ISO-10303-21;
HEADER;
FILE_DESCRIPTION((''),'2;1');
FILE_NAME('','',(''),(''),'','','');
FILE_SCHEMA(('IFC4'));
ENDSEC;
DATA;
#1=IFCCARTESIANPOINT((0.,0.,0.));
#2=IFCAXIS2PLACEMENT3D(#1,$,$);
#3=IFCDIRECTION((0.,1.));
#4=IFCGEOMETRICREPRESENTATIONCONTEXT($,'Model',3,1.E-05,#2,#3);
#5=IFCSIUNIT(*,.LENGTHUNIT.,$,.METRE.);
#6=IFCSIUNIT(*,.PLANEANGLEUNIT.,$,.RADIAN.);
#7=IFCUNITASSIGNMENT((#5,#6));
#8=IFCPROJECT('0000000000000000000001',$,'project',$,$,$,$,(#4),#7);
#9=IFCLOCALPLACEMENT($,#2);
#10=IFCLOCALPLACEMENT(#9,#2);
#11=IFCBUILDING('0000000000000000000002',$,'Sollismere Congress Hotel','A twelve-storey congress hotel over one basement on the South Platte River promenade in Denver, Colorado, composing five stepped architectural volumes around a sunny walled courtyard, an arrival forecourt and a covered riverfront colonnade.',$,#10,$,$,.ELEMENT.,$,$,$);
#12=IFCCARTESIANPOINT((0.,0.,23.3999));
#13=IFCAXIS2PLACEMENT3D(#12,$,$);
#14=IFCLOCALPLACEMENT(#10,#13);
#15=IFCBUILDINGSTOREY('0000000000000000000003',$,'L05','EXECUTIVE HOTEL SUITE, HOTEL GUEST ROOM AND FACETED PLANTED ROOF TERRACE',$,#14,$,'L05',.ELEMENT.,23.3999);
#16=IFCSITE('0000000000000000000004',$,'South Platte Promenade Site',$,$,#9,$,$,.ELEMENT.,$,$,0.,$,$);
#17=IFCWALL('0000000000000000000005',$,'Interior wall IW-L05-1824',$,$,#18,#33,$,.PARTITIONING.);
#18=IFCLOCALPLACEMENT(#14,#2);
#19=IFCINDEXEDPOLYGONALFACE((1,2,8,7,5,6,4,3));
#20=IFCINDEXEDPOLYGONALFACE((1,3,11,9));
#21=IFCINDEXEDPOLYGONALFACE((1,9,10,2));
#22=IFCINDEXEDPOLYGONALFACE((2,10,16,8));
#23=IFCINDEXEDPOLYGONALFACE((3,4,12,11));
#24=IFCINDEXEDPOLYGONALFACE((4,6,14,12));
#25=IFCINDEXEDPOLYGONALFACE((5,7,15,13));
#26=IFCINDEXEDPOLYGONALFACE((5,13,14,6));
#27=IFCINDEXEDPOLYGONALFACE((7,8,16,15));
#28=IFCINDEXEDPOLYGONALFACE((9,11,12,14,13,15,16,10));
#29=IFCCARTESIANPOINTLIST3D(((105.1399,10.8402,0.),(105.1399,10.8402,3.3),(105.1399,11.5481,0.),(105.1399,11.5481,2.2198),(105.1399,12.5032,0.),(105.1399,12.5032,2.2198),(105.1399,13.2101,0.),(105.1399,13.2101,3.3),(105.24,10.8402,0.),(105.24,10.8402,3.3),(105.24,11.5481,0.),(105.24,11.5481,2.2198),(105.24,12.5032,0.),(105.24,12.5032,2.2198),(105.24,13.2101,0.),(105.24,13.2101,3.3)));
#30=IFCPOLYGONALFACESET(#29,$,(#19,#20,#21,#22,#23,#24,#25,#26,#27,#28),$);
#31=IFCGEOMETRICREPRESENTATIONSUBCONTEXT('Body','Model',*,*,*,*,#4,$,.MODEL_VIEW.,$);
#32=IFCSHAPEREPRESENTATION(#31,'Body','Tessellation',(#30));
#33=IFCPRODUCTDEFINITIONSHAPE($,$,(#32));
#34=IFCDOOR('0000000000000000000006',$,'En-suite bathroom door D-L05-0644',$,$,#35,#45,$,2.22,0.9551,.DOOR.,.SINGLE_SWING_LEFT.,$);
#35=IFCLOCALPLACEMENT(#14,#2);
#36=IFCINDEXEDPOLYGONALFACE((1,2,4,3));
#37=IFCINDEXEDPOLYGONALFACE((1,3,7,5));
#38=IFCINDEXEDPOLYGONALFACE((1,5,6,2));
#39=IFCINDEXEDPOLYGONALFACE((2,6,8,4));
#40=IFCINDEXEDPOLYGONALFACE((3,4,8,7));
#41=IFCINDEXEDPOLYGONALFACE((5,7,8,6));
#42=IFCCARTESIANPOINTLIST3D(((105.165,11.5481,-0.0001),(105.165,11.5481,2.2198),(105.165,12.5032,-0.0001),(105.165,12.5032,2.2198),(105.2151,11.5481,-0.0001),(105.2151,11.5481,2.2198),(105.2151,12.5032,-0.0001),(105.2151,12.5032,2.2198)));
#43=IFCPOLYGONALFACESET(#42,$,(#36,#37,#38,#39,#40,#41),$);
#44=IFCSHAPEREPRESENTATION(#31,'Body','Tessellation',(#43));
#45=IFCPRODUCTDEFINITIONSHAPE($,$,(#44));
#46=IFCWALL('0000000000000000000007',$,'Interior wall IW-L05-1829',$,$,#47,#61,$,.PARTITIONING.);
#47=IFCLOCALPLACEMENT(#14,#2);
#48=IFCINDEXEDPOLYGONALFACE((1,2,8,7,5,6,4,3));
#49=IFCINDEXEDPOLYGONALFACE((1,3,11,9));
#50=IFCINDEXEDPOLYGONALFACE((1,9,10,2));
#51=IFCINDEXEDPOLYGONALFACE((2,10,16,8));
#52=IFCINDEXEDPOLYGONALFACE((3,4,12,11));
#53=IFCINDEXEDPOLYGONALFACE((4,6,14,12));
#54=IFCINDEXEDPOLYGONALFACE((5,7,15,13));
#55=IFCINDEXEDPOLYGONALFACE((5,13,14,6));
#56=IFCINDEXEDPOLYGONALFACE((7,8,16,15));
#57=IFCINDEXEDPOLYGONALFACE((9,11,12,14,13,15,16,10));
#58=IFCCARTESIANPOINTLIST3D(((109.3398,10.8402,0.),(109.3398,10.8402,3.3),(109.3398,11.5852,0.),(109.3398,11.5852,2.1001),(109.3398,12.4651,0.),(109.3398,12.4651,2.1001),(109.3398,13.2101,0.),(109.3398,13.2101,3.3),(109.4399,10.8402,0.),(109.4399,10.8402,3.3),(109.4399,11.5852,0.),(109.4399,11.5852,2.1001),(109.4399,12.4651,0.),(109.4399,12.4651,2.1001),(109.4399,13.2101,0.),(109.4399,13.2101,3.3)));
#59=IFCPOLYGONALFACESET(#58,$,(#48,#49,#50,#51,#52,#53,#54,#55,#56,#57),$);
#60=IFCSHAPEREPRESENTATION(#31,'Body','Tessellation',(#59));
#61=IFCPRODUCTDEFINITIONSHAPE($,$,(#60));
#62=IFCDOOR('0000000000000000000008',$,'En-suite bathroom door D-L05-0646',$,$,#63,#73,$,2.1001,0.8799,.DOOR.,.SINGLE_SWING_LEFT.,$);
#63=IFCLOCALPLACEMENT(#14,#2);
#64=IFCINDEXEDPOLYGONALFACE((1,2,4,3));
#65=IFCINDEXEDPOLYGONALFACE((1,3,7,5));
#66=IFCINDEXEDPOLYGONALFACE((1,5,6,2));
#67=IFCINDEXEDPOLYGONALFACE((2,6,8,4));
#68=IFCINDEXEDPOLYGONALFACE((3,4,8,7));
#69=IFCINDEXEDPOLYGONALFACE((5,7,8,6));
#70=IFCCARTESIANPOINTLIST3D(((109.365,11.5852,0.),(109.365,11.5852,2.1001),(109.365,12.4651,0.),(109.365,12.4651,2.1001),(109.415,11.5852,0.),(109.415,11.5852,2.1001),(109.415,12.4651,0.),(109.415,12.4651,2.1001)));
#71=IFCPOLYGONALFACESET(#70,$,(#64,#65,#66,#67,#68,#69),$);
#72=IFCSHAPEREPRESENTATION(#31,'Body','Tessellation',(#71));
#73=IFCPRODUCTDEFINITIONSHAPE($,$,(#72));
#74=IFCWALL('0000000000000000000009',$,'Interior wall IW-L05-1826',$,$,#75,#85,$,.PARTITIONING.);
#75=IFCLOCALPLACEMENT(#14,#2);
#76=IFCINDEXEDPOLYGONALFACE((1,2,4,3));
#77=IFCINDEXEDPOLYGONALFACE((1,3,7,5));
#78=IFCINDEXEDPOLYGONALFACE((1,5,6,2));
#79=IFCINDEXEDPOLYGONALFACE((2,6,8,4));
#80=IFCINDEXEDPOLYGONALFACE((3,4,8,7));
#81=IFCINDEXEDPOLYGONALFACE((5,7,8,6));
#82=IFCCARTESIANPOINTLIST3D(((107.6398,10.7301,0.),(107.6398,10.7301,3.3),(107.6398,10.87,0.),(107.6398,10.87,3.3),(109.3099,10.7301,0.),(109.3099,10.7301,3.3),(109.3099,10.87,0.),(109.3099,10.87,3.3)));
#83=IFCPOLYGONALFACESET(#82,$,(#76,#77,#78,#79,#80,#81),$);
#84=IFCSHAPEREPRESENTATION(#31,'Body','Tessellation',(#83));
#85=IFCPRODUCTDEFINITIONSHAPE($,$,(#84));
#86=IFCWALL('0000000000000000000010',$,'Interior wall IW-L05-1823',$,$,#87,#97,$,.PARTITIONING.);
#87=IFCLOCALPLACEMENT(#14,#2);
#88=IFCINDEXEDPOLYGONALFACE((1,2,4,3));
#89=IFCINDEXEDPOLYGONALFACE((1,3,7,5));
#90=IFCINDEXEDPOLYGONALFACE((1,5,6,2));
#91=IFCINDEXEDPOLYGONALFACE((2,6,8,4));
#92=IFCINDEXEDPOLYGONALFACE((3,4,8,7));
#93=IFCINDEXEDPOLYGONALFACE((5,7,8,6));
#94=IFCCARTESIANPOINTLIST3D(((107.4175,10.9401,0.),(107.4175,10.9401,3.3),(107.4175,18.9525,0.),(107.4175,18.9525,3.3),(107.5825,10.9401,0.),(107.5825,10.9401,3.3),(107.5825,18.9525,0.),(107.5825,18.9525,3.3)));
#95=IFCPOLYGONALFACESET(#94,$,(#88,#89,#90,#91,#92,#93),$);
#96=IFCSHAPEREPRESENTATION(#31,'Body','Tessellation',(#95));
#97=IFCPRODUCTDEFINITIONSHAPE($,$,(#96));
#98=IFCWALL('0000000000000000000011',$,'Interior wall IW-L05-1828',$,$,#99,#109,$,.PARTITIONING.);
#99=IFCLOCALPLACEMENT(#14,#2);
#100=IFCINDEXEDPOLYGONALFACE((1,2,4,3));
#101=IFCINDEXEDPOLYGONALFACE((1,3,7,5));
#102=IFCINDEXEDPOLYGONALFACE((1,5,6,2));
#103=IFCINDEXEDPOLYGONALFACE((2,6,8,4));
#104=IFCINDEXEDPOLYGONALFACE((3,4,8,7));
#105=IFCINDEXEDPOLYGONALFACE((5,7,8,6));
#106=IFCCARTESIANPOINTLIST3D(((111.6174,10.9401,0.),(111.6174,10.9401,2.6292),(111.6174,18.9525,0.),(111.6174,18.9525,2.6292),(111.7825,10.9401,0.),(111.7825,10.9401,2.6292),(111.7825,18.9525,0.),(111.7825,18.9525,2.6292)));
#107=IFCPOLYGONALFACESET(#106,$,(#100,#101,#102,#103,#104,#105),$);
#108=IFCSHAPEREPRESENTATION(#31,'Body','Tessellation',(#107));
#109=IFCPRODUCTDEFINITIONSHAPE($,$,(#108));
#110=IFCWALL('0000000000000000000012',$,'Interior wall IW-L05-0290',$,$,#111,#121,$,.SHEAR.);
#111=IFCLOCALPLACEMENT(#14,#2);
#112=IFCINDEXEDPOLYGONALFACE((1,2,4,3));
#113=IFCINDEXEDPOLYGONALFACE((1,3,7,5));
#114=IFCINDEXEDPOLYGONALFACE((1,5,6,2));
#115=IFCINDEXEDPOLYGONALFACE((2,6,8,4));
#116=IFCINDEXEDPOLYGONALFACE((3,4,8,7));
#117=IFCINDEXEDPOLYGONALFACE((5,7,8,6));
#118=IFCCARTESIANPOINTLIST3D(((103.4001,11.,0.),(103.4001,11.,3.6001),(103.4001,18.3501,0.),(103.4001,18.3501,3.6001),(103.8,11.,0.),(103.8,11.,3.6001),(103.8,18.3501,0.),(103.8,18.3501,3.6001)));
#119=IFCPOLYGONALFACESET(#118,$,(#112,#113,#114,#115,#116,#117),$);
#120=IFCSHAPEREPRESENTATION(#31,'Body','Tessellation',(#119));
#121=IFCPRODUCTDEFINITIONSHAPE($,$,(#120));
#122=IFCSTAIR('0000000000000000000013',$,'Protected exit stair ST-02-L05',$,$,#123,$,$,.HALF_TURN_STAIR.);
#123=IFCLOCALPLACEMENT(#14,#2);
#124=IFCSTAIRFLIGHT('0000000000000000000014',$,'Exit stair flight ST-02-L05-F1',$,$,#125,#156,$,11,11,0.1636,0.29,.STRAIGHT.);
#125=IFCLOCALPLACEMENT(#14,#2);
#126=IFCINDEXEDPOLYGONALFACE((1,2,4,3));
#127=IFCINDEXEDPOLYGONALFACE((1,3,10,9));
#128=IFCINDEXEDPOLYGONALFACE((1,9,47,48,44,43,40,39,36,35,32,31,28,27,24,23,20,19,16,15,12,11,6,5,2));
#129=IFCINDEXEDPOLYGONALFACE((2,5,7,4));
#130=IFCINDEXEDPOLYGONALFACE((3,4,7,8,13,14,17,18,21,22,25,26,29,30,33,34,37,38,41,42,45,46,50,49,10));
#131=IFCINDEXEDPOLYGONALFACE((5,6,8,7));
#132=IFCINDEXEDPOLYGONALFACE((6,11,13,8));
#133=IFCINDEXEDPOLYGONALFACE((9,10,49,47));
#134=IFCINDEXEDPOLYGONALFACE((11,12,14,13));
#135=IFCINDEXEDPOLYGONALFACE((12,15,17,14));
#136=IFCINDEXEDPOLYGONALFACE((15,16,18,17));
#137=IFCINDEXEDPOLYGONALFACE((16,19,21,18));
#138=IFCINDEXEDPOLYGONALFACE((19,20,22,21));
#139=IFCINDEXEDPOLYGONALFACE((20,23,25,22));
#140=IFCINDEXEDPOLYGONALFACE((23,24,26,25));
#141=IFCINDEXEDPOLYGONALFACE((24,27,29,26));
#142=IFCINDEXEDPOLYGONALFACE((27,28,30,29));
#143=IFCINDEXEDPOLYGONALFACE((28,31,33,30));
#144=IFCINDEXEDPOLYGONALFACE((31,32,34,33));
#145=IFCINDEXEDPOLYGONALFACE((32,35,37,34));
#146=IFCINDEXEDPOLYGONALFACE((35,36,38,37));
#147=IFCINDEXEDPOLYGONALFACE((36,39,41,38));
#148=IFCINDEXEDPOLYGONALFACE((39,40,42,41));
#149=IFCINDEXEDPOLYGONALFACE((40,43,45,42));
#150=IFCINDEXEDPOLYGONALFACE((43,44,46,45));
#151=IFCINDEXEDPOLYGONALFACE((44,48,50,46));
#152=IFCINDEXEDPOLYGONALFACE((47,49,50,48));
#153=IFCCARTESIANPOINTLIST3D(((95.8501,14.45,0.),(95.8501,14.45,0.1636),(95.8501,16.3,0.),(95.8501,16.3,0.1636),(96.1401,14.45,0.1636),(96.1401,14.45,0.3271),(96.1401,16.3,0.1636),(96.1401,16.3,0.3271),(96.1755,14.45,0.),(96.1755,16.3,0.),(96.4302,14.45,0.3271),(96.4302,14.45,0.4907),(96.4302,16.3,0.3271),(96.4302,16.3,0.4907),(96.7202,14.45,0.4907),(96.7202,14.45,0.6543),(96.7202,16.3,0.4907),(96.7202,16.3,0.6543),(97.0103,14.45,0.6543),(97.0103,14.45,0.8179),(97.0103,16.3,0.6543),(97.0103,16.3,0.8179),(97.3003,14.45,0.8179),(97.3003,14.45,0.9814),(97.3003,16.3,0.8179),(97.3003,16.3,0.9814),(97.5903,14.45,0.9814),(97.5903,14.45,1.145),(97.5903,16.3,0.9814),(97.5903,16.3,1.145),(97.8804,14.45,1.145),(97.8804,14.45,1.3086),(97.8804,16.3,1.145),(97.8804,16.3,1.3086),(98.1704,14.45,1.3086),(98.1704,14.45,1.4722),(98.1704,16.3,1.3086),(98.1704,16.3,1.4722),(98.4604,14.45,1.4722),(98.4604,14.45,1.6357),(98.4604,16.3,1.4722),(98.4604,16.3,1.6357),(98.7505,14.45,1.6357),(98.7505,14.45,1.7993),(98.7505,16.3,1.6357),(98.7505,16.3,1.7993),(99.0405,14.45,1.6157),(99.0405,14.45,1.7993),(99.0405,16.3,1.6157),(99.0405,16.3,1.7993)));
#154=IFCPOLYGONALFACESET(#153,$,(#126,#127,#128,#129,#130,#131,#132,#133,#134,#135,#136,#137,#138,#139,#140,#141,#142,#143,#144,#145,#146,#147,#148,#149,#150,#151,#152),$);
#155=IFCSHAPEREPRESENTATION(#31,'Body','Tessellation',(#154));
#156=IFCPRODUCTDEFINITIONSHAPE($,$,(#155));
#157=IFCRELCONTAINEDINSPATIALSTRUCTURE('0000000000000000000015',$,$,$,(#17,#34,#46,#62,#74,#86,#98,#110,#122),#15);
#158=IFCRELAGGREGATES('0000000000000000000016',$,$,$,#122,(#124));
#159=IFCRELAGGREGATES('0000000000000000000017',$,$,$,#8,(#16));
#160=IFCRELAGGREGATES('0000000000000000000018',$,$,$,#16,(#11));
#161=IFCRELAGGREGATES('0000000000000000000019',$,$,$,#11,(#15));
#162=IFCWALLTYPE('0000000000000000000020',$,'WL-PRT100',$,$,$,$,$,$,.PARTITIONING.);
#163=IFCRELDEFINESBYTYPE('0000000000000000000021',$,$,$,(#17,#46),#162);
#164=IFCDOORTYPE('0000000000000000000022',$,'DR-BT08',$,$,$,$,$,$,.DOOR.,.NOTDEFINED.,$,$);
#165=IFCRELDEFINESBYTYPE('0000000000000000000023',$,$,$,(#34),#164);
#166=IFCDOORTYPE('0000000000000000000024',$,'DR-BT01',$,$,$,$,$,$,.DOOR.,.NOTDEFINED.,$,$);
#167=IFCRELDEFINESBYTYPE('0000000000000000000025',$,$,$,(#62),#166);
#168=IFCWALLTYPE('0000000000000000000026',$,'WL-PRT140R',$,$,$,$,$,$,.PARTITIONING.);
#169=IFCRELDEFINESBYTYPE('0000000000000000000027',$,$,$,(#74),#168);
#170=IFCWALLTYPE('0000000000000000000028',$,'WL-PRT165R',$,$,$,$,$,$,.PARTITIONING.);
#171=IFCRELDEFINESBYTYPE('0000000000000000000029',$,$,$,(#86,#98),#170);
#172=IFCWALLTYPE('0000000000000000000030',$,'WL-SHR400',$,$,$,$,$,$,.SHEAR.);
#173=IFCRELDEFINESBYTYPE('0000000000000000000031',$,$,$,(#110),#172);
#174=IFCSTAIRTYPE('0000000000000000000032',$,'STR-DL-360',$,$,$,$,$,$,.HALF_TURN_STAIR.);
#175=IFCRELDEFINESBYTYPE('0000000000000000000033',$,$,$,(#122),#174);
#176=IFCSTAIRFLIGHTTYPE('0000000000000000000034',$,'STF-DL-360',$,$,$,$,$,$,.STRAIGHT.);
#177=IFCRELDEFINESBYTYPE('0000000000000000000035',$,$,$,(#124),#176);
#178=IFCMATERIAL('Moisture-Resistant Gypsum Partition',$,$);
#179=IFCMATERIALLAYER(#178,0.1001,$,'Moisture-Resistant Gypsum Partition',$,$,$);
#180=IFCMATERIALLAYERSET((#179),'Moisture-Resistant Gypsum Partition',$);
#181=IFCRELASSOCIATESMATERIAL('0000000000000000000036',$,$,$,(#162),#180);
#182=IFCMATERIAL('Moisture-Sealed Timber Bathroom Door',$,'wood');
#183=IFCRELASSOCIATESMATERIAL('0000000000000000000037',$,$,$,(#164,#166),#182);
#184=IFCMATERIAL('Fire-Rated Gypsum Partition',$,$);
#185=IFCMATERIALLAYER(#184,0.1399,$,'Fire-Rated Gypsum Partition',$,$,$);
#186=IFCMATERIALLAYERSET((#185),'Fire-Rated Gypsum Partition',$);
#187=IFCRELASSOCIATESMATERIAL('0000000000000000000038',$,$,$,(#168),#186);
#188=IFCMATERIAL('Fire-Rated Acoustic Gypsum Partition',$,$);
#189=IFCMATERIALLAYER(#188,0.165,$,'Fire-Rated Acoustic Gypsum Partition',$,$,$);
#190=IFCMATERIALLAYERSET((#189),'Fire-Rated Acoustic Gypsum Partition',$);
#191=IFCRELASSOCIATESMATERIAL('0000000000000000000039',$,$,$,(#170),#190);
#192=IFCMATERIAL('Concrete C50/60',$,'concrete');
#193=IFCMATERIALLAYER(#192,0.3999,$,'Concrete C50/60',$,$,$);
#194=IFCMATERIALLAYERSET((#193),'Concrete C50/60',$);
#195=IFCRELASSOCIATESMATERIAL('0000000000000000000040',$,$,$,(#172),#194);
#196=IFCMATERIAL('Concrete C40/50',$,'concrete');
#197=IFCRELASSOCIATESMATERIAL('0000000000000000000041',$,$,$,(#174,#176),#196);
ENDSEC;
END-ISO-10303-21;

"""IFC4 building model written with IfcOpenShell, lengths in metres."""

from ifc_helpers import new_model, si_unit, direction, frame, frame_2d, origin, place, context, subcontext, project, spatial, polyline, rectangle, outline, extrude, material, layer, layer_set, type_object, element, fill, aggregate, save


model = new_model("IFC4")

# Units and contexts
model_context = context("Model", 3, precision=1e-05, world=origin(), true_north=direction((0.0, 1.0)))
body_context = subcontext(model_context, "Body", "Model", "MODEL_VIEW")
ifc_project = project(units=[si_unit("LENGTHUNIT", "METRE"), si_unit("PLANEANGLEUNIT", "RADIAN")], contexts=[model_context])

# Site, building, storey
site_placement = place(None, origin())
site = spatial("IfcSite", under=ifc_project, at=site_placement, Name="South Platte Promenade Site", CompositionType="ELEMENT", RefElevation=0.0)
building_placement = place(site_placement, origin())
building = spatial("IfcBuilding", under=site, at=building_placement, Name="Sollismere Congress Hotel", Description="A twelve-storey congress hotel over one basement on the South Platte River promenade in Denver, Colorado, composing five stepped architectural volumes around a sunny walled courtyard, an arrival forecourt and a covered riverfront colonnade.", CompositionType="ELEMENT")
storey_placement = place(building_placement, frame((0.0, 0.0, 23.3999)))
storey = spatial("IfcBuildingStorey", under=building, at=storey_placement, Name="L05", Description="EXECUTIVE HOTEL SUITE, HOTEL GUEST ROOM AND FACETED PLANTED ROOF TERRACE", LongName="L05", CompositionType="ELEMENT", Elevation=23.3999)

# Walls, openings, doors
ifc_material_1 = material(Name="Moisture-Resistant Gypsum Partition")
ifc_layer_1 = layer(ifc_material_1, 0.1001, Name="Moisture-Resistant Gypsum Partition")
ifc_layer_set_1 = layer_set([ifc_layer_1], Name="Moisture-Resistant Gypsum Partition")
wall_type_1 = type_object("IfcWallType", Name="WL-PRT100", PredefinedType="PARTITIONING", material=ifc_layer_set_1)
wall_1_placement = place(storey_placement, frame((105.1899, 10.8401, 0.0), z_axis=(0.0, 0.0, 1.0), x_axis=(0.0, 1.0, 0.0)))
wall_1 = element("IfcWall", 1, at=wall_1_placement, inside=storey, type_object=wall_type_1, Name="Interior wall IW-L05-1824", PredefinedType="PARTITIONING", context=body_context, shape_type="SweptSolid", body=[
    extrude(rectangle(XDim=2.3699, YDim=0.1001, at=frame_2d((1.1851, 0.0))), origin(), (0.0, 0.0, 1.0), 3.3),
])
opening_1_placement = place(wall_1_placement, frame((0.708, 0.0, 0.0)))
opening_1 = element("IfcOpeningElement", 2, at=opening_1_placement, cuts=wall_1, PredefinedType="OPENING", context=body_context, shape_type="SweptSolid", body=[
    extrude(rectangle(XDim=0.9551, YDim=2.22, at=frame_2d((0.4775, 1.1099))), frame((0.0, 0.0601, 0.0), z_axis=(0.0, -1.0, 0.0), x_axis=(1.0, 0.0, 0.0)), (0.0, 0.0, 1.0), 0.1201),
])
ifc_material_2 = material(Name="Moisture-Sealed Timber Bathroom Door", Category="wood")
door_type_1 = type_object("IfcDoorType", Name="DR-BT08", OperationType="NOTDEFINED", PredefinedType="DOOR", material=ifc_material_2)
door_1_placement = place(opening_1_placement, origin())
door_1 = element("IfcDoor", 3, at=door_1_placement, inside=storey, type_object=door_type_1, Name="En-suite bathroom door D-L05-0644", OperationType="SINGLE_SWING_LEFT", OverallHeight=2.22, OverallWidth=0.9551, PredefinedType="DOOR", context=body_context, shape_type="SweptSolid", body=[
    extrude(rectangle(XDim=0.9551, YDim=2.22, at=frame_2d((0.4775, 1.1099))), frame((0.0, 0.0249, 0.0), z_axis=(0.0, -1.0, 0.0), x_axis=(1.0, 0.0, 0.0)), (0.0, 0.0, 1.0), 0.05),
])
fill(opening_1, door_1)
wall_2_placement = place(storey_placement, frame((109.3899, 10.8401, 0.0), z_axis=(0.0, 0.0, 1.0), x_axis=(0.0, 1.0, 0.0)))
wall_2 = element("IfcWall", 4, at=wall_2_placement, inside=storey, type_object=wall_type_1, Name="Interior wall IW-L05-1829", PredefinedType="PARTITIONING", context=body_context, shape_type="SweptSolid", body=[
    extrude(rectangle(XDim=2.3699, YDim=0.1001, at=frame_2d((1.1851, 0.0))), origin(), (0.0, 0.0, 1.0), 3.3),
])
opening_2_placement = place(wall_2_placement, frame((0.7451, 0.0, 0.0)))
opening_2 = element("IfcOpeningElement", 5, at=opening_2_placement, cuts=wall_2, PredefinedType="OPENING", context=body_context, shape_type="SweptSolid", body=[
    extrude(rectangle(XDim=0.8799, YDim=2.1001, at=frame_2d((0.4399, 1.05))), frame((0.0, 0.0601, 0.0), z_axis=(0.0, -1.0, 0.0), x_axis=(1.0, 0.0, 0.0)), (0.0, 0.0, 1.0), 0.1201),
])
door_type_2 = type_object("IfcDoorType", Name="DR-BT01", OperationType="NOTDEFINED", PredefinedType="DOOR", material=ifc_material_2)
door_2_placement = place(opening_2_placement, origin())
door_2 = element("IfcDoor", 6, at=door_2_placement, inside=storey, type_object=door_type_2, Name="En-suite bathroom door D-L05-0646", OperationType="SINGLE_SWING_LEFT", OverallHeight=2.1001, OverallWidth=0.8799, PredefinedType="DOOR", context=body_context, shape_type="SweptSolid", body=[
    extrude(rectangle(XDim=0.8799, YDim=2.1001, at=frame_2d((0.4399, 1.05))), frame((0.0, 0.0249, 0.0), z_axis=(0.0, -1.0, 0.0), x_axis=(1.0, 0.0, 0.0)), (0.0, 0.0, 1.0), 0.05),
])
fill(opening_2, door_2)

# Wall
ifc_material_3 = material(Name="Fire-Rated Gypsum Partition")
ifc_layer_2 = layer(ifc_material_3, 0.1399, Name="Fire-Rated Gypsum Partition")
ifc_layer_set_2 = layer_set([ifc_layer_2], Name="Fire-Rated Gypsum Partition")
wall_type_2 = type_object("IfcWallType", Name="WL-PRT140R", PredefinedType="PARTITIONING", material=ifc_layer_set_2)
wall_3_placement = place(storey_placement, frame((107.6399, 10.8, 0.0), z_axis=(0.0, 0.0, 1.0), x_axis=(1.0, 0.0, 0.0)))
element("IfcWall", 7, at=wall_3_placement, inside=storey, type_object=wall_type_2, Name="Interior wall IW-L05-1826", PredefinedType="PARTITIONING", context=body_context, shape_type="SweptSolid", body=[
    extrude(rectangle(XDim=1.6702, YDim=0.1399, at=frame_2d((0.835, 0.0))), origin(), (0.0, 0.0, 1.0), 3.3),
])

# Walls
ifc_material_4 = material(Name="Fire-Rated Acoustic Gypsum Partition")
ifc_layer_3 = layer(ifc_material_4, 0.165, Name="Fire-Rated Acoustic Gypsum Partition")
ifc_layer_set_3 = layer_set([ifc_layer_3], Name="Fire-Rated Acoustic Gypsum Partition")
wall_type_3 = type_object("IfcWallType", Name="WL-PRT165R", PredefinedType="PARTITIONING", material=ifc_layer_set_3)
wall_4_placement = place(storey_placement, frame((107.5, 10.9399, 0.0), z_axis=(0.0, 0.0, 1.0), x_axis=(0.0, 1.0, 0.0)))
element("IfcWall", 8, at=wall_4_placement, inside=storey, type_object=wall_type_3, Name="Interior wall IW-L05-1823", PredefinedType="PARTITIONING", context=body_context, shape_type="SweptSolid", body=[
    extrude(rectangle(XDim=8.0125, YDim=0.165, at=frame_2d((4.0063, 0.0))), origin(), (0.0, 0.0, 1.0), 3.3),
])
wall_5_placement = place(storey_placement, frame((111.7, 10.9399, 0.0), z_axis=(0.0, 0.0, 1.0), x_axis=(0.0, 1.0, 0.0)))
element("IfcWall", 9, at=wall_5_placement, inside=storey, type_object=wall_type_3, Name="Interior wall IW-L05-1828", PredefinedType="PARTITIONING", context=body_context, shape_type="SweptSolid", body=[
    extrude(rectangle(XDim=8.0125, YDim=0.165, at=frame_2d((4.0063, 0.0))), origin(), (0.0, 0.0, 1.0), 2.6292),
])
ifc_material_5 = material(Name="Concrete C50/60", Category="concrete")
ifc_layer_4 = layer(ifc_material_5, 0.3999, Name="Concrete C50/60")
ifc_layer_set_4 = layer_set([ifc_layer_4], Name="Concrete C50/60")
wall_type_4 = type_object("IfcWallType", Name="WL-SHR400", PredefinedType="SHEAR", material=ifc_layer_set_4)
wall_6_placement = place(storey_placement, frame((103.6001, 11.0, 0.0), z_axis=(0.0, 0.0, 1.0), x_axis=(0.0, 1.0, 0.0)))
element("IfcWall", 10, at=wall_6_placement, inside=storey, type_object=wall_type_4, Name="Interior wall IW-L05-0290", PredefinedType="SHEAR", context=body_context, shape_type="SweptSolid", body=[
    extrude(rectangle(XDim=7.3501, YDim=0.3999, at=frame_2d((3.675, 0.0))), origin(), (0.0, 0.0, 1.0), 3.6001),
])

# Stair, stair flight
ifc_material_6 = material(Name="Concrete C40/50", Category="concrete")
stair_type = type_object("IfcStairType", Name="STR-DL-360", PredefinedType="HALF_TURN_STAIR", material=ifc_material_6)
stair_placement = place(storey_placement, origin())
stair = element("IfcStair", 11, at=stair_placement, inside=storey, type_object=stair_type, Name="Protected exit stair ST-02-L05", PredefinedType="HALF_TURN_STAIR")
stair_flight_type = type_object("IfcStairFlightType", Name="STF-DL-360", PredefinedType="STRAIGHT", material=ifc_material_6)
stair_flight_placement = place(storey_placement, frame((95.8501, 15.375, 0.0), z_axis=(0.0, 0.0, 1.0), x_axis=(1.0, 0.0, 0.0)))
stair_flight = element("IfcStairFlight", 12, at=stair_flight_placement, type_object=stair_flight_type, Name="Exit stair flight ST-02-L05-F1", NumberOfRisers=11, NumberOfTreads=11, PredefinedType="STRAIGHT", RiserHeight=0.1636, TreadLength=0.29, context=body_context, shape_type="SweptSolid", body=[
    extrude(outline(polyline([(0.0, 0.0), (0.0, 0.1636), (0.29, 0.1636), (0.29, 0.3271), (0.5801, 0.3271), (0.5801, 0.4907), (0.8701, 0.4907), (0.8701, 0.6543), (1.1602, 0.6543), (1.1602, 0.8179), (1.4502, 0.8179), (1.4502, 0.9814), (1.7402, 0.9814), (1.7402, 1.145), (2.0303, 1.145), (2.0303, 1.3086), (2.3203, 1.3086), (2.3203, 1.4722), (2.6104, 1.4722), (2.6104, 1.6357), (2.9004, 1.6357), (2.9004, 1.7993), (3.1904, 1.7993), (3.1904, 1.6157), (0.3254, 0.0), (0.0, 0.0)])), frame((0.0, 0.925, 0.0), z_axis=(0.0, -1.0, 0.0), x_axis=(1.0, 0.0, 0.0)), (0.0, 0.0, 1.0), 1.8501),
])
aggregate(stair, [stair_flight])

save(model, "model.ifc")
